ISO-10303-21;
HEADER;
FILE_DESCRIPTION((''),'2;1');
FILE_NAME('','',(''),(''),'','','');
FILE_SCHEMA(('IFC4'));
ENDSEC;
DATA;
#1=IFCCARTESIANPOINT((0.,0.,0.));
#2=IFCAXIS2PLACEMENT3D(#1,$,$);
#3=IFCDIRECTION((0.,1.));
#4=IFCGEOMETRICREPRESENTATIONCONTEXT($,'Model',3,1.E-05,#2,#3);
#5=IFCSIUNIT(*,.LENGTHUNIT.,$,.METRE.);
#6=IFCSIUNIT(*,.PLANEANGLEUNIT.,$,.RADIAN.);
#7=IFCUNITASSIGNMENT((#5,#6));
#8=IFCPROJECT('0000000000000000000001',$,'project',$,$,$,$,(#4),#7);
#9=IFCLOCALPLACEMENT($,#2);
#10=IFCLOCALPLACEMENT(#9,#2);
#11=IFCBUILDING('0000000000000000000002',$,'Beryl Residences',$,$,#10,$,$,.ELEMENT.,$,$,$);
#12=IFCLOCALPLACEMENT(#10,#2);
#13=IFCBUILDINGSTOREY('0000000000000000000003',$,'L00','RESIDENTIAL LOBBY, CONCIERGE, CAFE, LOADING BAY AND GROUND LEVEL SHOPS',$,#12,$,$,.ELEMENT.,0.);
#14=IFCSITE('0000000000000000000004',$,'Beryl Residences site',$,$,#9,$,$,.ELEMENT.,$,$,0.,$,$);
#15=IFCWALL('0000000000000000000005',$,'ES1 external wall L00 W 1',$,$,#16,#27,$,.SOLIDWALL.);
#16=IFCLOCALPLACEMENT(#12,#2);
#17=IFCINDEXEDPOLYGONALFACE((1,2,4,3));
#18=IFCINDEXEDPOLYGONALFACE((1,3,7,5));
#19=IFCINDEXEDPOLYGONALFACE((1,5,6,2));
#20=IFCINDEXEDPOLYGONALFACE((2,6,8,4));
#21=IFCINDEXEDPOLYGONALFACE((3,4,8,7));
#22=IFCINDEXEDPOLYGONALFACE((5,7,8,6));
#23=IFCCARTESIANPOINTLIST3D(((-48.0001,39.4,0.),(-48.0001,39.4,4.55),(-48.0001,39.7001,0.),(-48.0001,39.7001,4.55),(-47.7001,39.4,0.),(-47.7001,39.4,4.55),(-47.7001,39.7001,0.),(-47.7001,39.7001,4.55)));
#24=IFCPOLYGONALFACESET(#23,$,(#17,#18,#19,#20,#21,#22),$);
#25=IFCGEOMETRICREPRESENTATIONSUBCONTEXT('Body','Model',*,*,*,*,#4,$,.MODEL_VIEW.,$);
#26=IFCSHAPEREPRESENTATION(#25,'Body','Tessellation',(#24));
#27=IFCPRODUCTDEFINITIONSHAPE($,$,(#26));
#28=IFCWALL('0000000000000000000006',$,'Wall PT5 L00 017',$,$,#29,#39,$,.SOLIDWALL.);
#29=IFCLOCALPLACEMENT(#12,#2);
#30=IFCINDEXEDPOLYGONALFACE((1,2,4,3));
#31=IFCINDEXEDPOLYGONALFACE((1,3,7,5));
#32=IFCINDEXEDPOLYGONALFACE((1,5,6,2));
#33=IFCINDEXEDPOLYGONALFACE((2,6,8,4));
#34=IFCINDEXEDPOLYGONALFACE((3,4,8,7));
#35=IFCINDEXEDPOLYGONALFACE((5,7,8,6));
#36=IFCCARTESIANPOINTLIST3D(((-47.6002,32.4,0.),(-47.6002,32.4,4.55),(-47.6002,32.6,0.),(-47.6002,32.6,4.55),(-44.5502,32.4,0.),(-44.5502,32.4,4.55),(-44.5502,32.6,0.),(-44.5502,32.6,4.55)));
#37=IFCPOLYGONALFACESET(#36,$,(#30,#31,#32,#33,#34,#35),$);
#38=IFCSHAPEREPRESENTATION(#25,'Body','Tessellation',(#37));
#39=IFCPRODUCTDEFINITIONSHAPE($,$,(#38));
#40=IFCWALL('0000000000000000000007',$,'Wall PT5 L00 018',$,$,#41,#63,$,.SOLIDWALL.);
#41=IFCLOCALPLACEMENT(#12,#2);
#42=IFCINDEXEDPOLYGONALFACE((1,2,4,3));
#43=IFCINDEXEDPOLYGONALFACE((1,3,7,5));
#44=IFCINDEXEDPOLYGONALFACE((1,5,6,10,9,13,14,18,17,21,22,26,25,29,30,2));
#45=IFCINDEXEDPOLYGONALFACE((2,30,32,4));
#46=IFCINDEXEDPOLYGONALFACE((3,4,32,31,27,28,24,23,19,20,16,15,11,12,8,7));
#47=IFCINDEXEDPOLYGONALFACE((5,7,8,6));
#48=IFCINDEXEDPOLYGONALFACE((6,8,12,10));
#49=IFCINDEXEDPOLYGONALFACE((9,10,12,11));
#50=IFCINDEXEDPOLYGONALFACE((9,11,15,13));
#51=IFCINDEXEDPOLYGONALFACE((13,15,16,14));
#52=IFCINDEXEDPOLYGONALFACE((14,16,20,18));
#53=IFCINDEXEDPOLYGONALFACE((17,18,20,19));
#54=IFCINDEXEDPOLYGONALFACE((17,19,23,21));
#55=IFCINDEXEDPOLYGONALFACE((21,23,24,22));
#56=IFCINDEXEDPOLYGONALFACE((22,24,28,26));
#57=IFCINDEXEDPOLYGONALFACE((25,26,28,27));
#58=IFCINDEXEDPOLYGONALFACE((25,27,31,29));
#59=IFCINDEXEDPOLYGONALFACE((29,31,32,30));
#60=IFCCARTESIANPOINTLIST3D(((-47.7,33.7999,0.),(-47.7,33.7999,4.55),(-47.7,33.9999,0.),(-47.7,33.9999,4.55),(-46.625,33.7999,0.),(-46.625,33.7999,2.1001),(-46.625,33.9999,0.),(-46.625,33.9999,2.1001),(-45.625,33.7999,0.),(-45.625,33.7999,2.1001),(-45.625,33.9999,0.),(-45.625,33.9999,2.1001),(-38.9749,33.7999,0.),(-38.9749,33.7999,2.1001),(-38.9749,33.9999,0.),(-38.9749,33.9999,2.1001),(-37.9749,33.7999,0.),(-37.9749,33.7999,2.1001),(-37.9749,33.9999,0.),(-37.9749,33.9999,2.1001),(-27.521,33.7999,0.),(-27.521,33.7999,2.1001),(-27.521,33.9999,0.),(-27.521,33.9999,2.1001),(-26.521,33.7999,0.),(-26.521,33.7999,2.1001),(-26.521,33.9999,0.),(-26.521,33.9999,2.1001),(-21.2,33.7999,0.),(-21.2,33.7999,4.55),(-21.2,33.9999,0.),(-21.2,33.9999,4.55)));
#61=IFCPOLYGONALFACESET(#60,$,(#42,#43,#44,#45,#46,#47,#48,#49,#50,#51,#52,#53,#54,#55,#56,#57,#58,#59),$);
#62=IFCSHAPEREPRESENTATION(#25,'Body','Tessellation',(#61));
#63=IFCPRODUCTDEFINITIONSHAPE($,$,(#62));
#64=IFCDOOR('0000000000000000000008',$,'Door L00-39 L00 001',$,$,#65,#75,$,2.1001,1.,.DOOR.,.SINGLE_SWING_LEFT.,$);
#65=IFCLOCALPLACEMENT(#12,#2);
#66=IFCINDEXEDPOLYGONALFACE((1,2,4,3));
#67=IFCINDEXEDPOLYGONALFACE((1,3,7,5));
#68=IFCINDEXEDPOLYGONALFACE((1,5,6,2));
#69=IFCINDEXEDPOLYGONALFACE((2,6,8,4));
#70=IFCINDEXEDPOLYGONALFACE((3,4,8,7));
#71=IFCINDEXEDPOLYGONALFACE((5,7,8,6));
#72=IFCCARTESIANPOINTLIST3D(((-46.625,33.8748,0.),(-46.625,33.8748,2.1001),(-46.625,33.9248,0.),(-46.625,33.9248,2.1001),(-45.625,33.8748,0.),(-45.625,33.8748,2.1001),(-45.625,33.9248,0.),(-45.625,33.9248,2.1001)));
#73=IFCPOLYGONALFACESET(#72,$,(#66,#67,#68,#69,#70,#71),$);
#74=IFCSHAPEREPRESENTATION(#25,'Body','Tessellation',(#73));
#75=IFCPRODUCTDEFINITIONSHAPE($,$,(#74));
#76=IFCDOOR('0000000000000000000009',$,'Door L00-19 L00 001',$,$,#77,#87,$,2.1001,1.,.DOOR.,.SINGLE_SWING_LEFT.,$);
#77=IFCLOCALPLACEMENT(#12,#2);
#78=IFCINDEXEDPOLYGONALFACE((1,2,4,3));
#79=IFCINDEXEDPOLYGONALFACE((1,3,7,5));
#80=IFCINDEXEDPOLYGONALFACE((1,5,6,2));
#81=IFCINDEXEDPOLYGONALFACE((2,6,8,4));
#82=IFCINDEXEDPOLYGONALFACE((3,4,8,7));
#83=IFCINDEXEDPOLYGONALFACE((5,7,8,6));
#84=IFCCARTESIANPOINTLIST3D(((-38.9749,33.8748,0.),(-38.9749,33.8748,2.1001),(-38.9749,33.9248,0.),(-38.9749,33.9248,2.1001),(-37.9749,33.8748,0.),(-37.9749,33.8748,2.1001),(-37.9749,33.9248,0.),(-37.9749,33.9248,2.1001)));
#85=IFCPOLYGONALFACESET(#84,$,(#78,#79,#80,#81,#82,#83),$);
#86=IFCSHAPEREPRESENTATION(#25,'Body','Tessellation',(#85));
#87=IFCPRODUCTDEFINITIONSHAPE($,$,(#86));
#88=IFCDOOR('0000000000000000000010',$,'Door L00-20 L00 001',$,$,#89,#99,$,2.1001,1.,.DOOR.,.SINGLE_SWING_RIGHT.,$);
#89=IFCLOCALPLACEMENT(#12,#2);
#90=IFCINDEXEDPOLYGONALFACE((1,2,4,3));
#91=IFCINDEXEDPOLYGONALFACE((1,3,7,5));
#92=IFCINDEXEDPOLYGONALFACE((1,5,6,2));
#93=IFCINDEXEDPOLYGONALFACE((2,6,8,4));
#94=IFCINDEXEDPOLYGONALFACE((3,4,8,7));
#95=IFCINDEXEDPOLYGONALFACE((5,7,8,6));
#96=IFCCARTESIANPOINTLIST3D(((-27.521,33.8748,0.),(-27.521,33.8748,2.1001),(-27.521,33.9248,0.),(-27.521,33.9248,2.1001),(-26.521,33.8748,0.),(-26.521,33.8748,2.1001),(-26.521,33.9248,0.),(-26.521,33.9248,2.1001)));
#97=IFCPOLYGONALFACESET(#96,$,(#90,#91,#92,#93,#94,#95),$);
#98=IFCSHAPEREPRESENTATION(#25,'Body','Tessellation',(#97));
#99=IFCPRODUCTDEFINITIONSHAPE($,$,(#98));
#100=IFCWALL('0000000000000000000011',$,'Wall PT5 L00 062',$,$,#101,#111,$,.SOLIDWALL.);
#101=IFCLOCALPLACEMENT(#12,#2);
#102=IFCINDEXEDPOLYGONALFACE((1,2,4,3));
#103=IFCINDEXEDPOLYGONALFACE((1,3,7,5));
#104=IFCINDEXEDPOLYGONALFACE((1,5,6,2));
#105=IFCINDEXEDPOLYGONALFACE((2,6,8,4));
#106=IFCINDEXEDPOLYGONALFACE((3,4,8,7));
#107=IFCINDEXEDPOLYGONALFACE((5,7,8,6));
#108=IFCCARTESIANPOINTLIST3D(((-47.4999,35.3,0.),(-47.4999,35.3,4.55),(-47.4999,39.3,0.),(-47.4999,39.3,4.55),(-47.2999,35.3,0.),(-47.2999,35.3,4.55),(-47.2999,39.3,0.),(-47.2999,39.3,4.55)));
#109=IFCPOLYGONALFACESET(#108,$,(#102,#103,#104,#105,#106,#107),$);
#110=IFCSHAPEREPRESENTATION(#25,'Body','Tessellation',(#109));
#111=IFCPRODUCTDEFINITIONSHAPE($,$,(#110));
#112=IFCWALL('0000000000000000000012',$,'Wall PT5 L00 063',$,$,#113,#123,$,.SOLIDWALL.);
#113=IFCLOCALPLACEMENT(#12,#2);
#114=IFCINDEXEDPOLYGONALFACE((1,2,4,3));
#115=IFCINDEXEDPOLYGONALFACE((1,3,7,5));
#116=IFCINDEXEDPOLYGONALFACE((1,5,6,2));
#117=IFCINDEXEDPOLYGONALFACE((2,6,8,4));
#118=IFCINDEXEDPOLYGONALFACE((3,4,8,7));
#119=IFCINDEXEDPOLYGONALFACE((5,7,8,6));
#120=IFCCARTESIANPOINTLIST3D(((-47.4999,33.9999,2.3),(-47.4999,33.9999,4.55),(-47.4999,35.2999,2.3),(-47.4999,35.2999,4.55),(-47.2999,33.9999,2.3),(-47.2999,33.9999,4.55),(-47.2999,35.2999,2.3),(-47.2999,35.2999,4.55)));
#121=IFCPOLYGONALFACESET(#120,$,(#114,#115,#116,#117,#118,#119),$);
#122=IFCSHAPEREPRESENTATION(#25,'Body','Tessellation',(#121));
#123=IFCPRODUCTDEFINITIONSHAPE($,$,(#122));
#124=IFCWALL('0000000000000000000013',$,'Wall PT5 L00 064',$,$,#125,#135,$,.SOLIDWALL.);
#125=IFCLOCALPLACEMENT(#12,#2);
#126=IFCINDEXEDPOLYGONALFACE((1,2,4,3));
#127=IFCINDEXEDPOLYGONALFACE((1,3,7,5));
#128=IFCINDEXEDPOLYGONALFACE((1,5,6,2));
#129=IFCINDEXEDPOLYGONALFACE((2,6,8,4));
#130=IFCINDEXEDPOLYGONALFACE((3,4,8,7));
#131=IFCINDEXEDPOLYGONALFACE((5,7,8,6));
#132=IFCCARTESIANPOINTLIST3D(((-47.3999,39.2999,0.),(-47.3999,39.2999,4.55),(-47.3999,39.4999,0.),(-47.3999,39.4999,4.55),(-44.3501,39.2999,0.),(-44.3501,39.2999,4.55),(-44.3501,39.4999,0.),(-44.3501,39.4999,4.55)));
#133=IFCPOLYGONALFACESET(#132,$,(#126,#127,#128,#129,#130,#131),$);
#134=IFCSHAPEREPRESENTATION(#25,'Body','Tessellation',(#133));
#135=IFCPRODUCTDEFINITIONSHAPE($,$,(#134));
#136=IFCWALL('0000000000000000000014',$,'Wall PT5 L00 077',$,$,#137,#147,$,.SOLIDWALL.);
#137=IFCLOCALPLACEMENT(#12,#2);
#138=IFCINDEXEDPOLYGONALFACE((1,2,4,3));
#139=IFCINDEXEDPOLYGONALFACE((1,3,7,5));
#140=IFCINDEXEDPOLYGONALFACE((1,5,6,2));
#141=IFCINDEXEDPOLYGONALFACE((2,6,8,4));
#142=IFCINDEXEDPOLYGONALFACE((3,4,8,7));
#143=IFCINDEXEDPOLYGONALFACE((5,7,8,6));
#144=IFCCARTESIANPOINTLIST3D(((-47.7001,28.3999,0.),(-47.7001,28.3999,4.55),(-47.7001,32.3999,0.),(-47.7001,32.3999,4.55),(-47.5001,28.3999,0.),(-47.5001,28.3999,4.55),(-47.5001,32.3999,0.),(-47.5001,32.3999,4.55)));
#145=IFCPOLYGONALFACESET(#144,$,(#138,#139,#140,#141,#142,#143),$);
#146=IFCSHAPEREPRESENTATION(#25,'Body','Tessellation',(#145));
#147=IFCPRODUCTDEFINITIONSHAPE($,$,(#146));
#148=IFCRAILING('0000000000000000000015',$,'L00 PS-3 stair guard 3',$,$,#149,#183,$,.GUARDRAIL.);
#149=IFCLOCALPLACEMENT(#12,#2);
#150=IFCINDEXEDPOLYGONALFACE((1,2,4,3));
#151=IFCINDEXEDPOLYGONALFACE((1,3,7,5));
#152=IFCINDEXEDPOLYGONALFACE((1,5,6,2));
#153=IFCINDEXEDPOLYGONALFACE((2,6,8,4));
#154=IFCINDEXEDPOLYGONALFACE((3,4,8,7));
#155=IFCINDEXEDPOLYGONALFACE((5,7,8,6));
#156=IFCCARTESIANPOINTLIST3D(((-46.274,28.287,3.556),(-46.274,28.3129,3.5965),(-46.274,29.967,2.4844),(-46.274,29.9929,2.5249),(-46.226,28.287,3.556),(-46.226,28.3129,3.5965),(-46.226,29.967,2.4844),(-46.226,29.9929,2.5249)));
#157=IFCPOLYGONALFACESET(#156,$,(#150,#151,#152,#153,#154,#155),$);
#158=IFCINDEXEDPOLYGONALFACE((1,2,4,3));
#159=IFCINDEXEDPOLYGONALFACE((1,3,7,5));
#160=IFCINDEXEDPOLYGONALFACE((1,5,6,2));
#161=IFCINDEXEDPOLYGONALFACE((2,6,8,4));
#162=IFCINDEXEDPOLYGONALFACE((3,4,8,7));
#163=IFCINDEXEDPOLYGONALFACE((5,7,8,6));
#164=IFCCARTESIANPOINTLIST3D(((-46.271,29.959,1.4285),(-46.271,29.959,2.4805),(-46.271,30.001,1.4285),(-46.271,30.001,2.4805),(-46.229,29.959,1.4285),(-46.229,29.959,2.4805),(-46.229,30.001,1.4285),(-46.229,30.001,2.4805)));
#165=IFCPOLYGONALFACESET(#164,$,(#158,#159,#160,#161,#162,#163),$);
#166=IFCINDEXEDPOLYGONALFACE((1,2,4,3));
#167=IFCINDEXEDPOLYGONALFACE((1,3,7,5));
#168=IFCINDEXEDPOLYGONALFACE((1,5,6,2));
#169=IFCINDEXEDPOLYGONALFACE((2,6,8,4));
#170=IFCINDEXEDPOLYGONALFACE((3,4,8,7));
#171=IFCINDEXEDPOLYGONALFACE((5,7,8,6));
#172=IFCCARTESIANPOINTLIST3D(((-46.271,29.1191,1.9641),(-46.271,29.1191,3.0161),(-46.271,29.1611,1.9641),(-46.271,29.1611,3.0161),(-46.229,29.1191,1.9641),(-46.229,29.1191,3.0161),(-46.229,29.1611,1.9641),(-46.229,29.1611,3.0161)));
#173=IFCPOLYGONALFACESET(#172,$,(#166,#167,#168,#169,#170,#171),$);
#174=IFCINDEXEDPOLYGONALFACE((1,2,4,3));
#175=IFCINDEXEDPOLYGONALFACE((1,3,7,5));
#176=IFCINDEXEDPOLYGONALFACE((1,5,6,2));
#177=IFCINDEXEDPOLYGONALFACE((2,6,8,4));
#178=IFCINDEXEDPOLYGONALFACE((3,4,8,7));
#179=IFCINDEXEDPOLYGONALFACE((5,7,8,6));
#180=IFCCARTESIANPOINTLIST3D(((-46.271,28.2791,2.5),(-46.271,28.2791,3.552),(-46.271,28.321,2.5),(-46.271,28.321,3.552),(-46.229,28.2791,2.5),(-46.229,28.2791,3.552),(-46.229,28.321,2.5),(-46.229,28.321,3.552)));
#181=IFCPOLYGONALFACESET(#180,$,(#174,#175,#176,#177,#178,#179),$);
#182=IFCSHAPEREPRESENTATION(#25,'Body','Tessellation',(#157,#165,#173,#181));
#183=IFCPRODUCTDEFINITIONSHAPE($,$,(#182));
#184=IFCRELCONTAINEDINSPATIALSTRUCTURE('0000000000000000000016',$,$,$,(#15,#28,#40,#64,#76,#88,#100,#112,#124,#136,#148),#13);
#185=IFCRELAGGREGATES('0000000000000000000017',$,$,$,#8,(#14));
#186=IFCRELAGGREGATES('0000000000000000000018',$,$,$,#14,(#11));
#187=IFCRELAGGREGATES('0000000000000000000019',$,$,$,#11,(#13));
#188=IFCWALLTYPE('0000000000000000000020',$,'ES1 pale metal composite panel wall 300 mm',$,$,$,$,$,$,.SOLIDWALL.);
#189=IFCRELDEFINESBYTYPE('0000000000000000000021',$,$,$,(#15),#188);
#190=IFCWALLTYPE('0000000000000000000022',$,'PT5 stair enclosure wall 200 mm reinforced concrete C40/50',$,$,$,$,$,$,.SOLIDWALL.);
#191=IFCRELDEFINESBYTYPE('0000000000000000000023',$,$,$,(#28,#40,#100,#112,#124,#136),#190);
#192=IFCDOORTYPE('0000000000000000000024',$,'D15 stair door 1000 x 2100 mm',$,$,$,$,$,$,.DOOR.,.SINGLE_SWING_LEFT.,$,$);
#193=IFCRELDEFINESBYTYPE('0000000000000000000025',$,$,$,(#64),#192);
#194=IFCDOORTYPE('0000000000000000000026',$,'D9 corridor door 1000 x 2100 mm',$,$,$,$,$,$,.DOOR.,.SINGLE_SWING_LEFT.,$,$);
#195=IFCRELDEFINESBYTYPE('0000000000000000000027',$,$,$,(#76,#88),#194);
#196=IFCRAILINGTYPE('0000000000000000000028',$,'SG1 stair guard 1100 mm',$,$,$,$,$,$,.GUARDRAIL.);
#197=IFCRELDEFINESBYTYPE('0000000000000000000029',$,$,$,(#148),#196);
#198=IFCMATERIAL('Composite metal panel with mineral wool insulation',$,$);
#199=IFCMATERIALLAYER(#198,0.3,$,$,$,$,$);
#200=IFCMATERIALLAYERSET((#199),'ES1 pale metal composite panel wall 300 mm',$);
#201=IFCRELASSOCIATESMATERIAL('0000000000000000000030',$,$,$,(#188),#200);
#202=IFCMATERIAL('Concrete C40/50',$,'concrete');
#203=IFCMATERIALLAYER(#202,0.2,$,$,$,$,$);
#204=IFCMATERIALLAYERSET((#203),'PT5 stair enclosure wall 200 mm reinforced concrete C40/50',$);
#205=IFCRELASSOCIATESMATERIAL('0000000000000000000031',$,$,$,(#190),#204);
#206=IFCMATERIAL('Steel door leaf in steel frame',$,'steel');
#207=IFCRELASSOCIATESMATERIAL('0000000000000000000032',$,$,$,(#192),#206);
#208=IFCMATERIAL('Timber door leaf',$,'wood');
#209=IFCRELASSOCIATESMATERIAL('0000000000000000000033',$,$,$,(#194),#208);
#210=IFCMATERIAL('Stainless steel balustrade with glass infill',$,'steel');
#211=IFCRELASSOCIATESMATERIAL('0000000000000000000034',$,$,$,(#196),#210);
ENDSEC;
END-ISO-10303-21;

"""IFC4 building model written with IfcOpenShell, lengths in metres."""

from ifc_helpers import new_model, si_unit, direction, frame, frame_2d, origin, origin_2d, place, context, subcontext, project, spatial, rectangle, extrude, material, layer, layer_set, type_object, element, fill, save


model = new_model("IFC4")

# Units and contexts
model_context = context("Model", 3, precision=1e-05, world=origin(), true_north=direction((0.0, 1.0)))
body_context = subcontext(model_context, "Body", "Model", "MODEL_VIEW")
ifc_project = project(units=[si_unit("LENGTHUNIT", "METRE"), si_unit("PLANEANGLEUNIT", "RADIAN")], contexts=[model_context])

# Site, building, storey
site_placement = place(None, origin())
site = spatial("IfcSite", under=ifc_project, at=site_placement, Name="Beryl Residences site", CompositionType="ELEMENT", RefElevation=0.0)
building_placement = place(site_placement, origin())
building = spatial("IfcBuilding", under=site, at=building_placement, Name="Beryl Residences", CompositionType="ELEMENT")
storey_placement = place(building_placement, origin())
storey = spatial("IfcBuildingStorey", under=building, at=storey_placement, Name="L00", Description="RESIDENTIAL LOBBY, CONCIERGE, CAFE, LOADING BAY AND GROUND LEVEL SHOPS", CompositionType="ELEMENT", Elevation=0.0)

# Wall
ifc_material_1 = material(Name="Composite metal panel with mineral wool insulation")
ifc_layer_1 = layer(ifc_material_1, 0.3)
ifc_layer_set_1 = layer_set([ifc_layer_1], Name="ES1 pale metal composite panel wall 300 mm")
wall_type_1 = type_object("IfcWallType", Name="ES1 pale metal composite panel wall 300 mm", PredefinedType="SOLIDWALL", material=ifc_layer_set_1)
wall_1_placement = place(storey_placement, frame((-47.8501, 39.7, 0.0), z_axis=(0.0, 0.0, 1.0), x_axis=(0.0, -1.0, 0.0)))
element("IfcWall", 1, at=wall_1_placement, inside=storey, type_object=wall_type_1, Name="ES1 external wall L00 W 1", PredefinedType="SOLIDWALL", context=body_context, shape_type="SweptSolid", body=[
    extrude(rectangle(XDim=0.3, YDim=0.3, at=frame_2d((0.1499, 0.0))), origin(), (0.0, 0.0, 1.0), 4.55),
])

# Wall
ifc_material_2 = material(Name="Concrete C40/50", Category="concrete")
ifc_layer_2 = layer(ifc_material_2, 0.2)
ifc_layer_set_2 = layer_set([ifc_layer_2], Name="PT5 stair enclosure wall 200 mm reinforced concrete C40/50")
wall_type_2 = type_object("IfcWallType", Name="PT5 stair enclosure wall 200 mm reinforced concrete C40/50", PredefinedType="SOLIDWALL", material=ifc_layer_set_2)
wall_2_placement = place(storey_placement, frame((-47.6001, 32.5, 0.0), z_axis=(0.0, 0.0, 1.0), x_axis=(1.0, 0.0, 0.0)))
element("IfcWall", 2, at=wall_2_placement, inside=storey, type_object=wall_type_2, Name="Wall PT5 L00 017", PredefinedType="SOLIDWALL", context=body_context, shape_type="SweptSolid", body=[
    extrude(rectangle(XDim=3.05, YDim=0.2, at=frame_2d((1.5249, 0.0))), origin(), (0.0, 0.0, 1.0), 4.55),
])

# Wall, openings, doors
wall_3_placement = place(storey_placement, frame((-47.7, 33.8999, 0.0), z_axis=(0.0, 0.0, 1.0), x_axis=(1.0, 0.0, 0.0)))
wall_3 = element("IfcWall", 3, at=wall_3_placement, inside=storey, type_object=wall_type_2, Name="Wall PT5 L00 018", PredefinedType="SOLIDWALL", context=body_context, shape_type="SweptSolid", body=[
    extrude(rectangle(XDim=26.5, YDim=0.2, at=frame_2d((13.25, 0.0))), origin(), (0.0, 0.0, 1.0), 4.55),
])
opening_1_placement = place(wall_3_placement, frame((8.7251, 0.0, 0.0)))
opening_1 = element("IfcOpeningElement", 4, at=opening_1_placement, cuts=wall_3, PredefinedType="OPENING", context=body_context, shape_type="SweptSolid", body=[
    extrude(rectangle(XDim=1.0, YDim=2.1001, at=frame_2d((0.5, 1.05))), frame((0.0, 0.1099, 0.0), z_axis=(0.0, -1.0, 0.0), x_axis=(1.0, 0.0, 0.0)), (0.0, 0.0, 1.0), 0.22),
])
opening_2_placement = place(wall_3_placement, frame((20.179, 0.0, 0.0)))
opening_2 = element("IfcOpeningElement", 5, at=opening_2_placement, cuts=wall_3, PredefinedType="OPENING", context=body_context, shape_type="SweptSolid", body=[
    extrude(rectangle(XDim=1.0, YDim=2.1001, at=frame_2d((0.5, 1.05))), frame((0.0, 0.1099, 0.0), z_axis=(0.0, -1.0, 0.0), x_axis=(1.0, 0.0, 0.0)), (0.0, 0.0, 1.0), 0.22),
])
opening_3_placement = place(wall_3_placement, frame((1.075, 0.0, 0.0)))
opening_3 = element("IfcOpeningElement", 6, at=opening_3_placement, cuts=wall_3, PredefinedType="OPENING", context=body_context, shape_type="SweptSolid", body=[
    extrude(rectangle(XDim=1.0, YDim=2.1001, at=frame_2d((0.5, 1.05))), frame((0.0, 0.1099, 0.0), z_axis=(0.0, -1.0, 0.0), x_axis=(1.0, 0.0, 0.0)), (0.0, 0.0, 1.0), 0.22),
])
ifc_material_3 = material(Name="Steel door leaf in steel frame", Category="steel")
door_type_1 = type_object("IfcDoorType", Name="D15 stair door 1000 x 2100 mm", OperationType="SINGLE_SWING_LEFT", PredefinedType="DOOR", material=ifc_material_3)
door_1_placement = place(opening_3_placement, origin())
door_1 = element("IfcDoor", 7, at=door_1_placement, inside=storey, type_object=door_type_1, Name="Door L00-39 L00 001", OperationType="SINGLE_SWING_LEFT", OverallHeight=2.1001, OverallWidth=1.0, PredefinedType="DOOR", context=body_context, shape_type="SweptSolid", body=[
    extrude(rectangle(XDim=1.0, YDim=2.1001, at=frame_2d((0.5, 1.05))), frame((0.0, 0.0249, 0.0), z_axis=(0.0, -1.0, 0.0), x_axis=(1.0, 0.0, 0.0)), (0.0, 0.0, 1.0), 0.05),
])
fill(opening_3, door_1)
ifc_material_4 = material(Name="Timber door leaf", Category="wood")
door_type_2 = type_object("IfcDoorType", Name="D9 corridor door 1000 x 2100 mm", OperationType="SINGLE_SWING_LEFT", PredefinedType="DOOR", material=ifc_material_4)
door_2_placement = place(opening_1_placement, origin())
door_2 = element("IfcDoor", 8, at=door_2_placement, inside=storey, type_object=door_type_2, Name="Door L00-19 L00 001", OperationType="SINGLE_SWING_LEFT", OverallHeight=2.1001, OverallWidth=1.0, PredefinedType="DOOR", context=body_context, shape_type="SweptSolid", body=[
    extrude(rectangle(XDim=1.0, YDim=2.1001, at=frame_2d((0.5, 1.05))), frame((0.0, 0.0249, 0.0), z_axis=(0.0, -1.0, 0.0), x_axis=(1.0, 0.0, 0.0)), (0.0, 0.0, 1.0), 0.05),
])
fill(opening_1, door_2)
door_3_placement = place(opening_2_placement, origin())
door_3 = element("IfcDoor", 9, at=door_3_placement, inside=storey, type_object=door_type_2, Name="Door L00-20 L00 001", OperationType="SINGLE_SWING_RIGHT", OverallHeight=2.1001, OverallWidth=1.0, PredefinedType="DOOR", context=body_context, shape_type="SweptSolid", body=[
    extrude(rectangle(XDim=1.0, YDim=2.1001, at=frame_2d((0.5, 1.05))), frame((0.0, 0.0249, 0.0), z_axis=(0.0, -1.0, 0.0), x_axis=(1.0, 0.0, 0.0)), (0.0, 0.0, 1.0), 0.05),
])
fill(opening_2, door_3)

# Walls
wall_4_placement = place(storey_placement, frame((-47.3999, 35.3, 0.0), z_axis=(0.0, 0.0, 1.0), x_axis=(0.0, 1.0, 0.0)))
element("IfcWall", 10, at=wall_4_placement, inside=storey, type_object=wall_type_2, Name="Wall PT5 L00 062", PredefinedType="SOLIDWALL", context=body_context, shape_type="SweptSolid", body=[
    extrude(rectangle(XDim=4.0, YDim=0.2, at=frame_2d((2.0, 0.0))), origin(), (0.0, 0.0, 1.0), 4.55),
])
wall_5_placement = place(storey_placement, frame((-47.3999, 34.0, 2.3), z_axis=(0.0, 0.0, 1.0), x_axis=(0.0, 1.0, 0.0)))
element("IfcWall", 11, at=wall_5_placement, inside=storey, type_object=wall_type_2, Name="Wall PT5 L00 063", PredefinedType="SOLIDWALL", context=body_context, shape_type="SweptSolid", body=[
    extrude(rectangle(XDim=1.3, YDim=0.2, at=frame_2d((0.6499, 0.0))), origin(), (0.0, 0.0, 1.0), 2.25),
])
wall_6_placement = place(storey_placement, frame((-47.3999, 39.3999, 0.0), z_axis=(0.0, 0.0, 1.0), x_axis=(1.0, 0.0, 0.0)))
element("IfcWall", 12, at=wall_6_placement, inside=storey, type_object=wall_type_2, Name="Wall PT5 L00 064", PredefinedType="SOLIDWALL", context=body_context, shape_type="SweptSolid", body=[
    extrude(rectangle(XDim=3.0498, YDim=0.2, at=frame_2d((1.5249, 0.0))), origin(), (0.0, 0.0, 1.0), 4.55),
])
wall_7_placement = place(storey_placement, frame((-47.6001, 28.3999, 0.0), z_axis=(0.0, 0.0, 1.0), x_axis=(0.0, 1.0, 0.0)))
element("IfcWall", 13, at=wall_7_placement, inside=storey, type_object=wall_type_2, Name="Wall PT5 L00 077", PredefinedType="SOLIDWALL", context=body_context, shape_type="SweptSolid", body=[
    extrude(rectangle(XDim=4.0, YDim=0.2, at=frame_2d((2.0, 0.0))), origin(), (0.0, 0.0, 1.0), 4.55),
])

# Railing
ifc_material_5 = material(Name="Stainless steel balustrade with glass infill", Category="steel")
railing_type_1 = type_object("IfcRailingType", Name="SG1 stair guard 1100 mm", PredefinedType="GUARDRAIL", material=ifc_material_5)
railing_placement = place(storey_placement, frame((-46.25, 29.98, 1.4285)))
element("IfcRailing", 14, at=railing_placement, inside=storey, type_object=railing_type_1, Name="L00 PS-3 stair guard 3", PredefinedType="GUARDRAIL", context=body_context, shape_type="SweptSolid", body=[
    extrude(rectangle(XDim=0.0481, YDim=0.0481, at=origin_2d()), frame((0.0, 0.0, 1.0762), z_axis=(0.0, -0.843096, 0.537763), x_axis=(1.0, 0.0, 0.0)), (0.0, 0.0, 1.0), 1.9927),
    extrude(rectangle(XDim=0.042, YDim=0.042, at=origin_2d()), origin(), (0.0, 0.0, 1.0), 1.052),
    extrude(rectangle(XDim=0.042, YDim=0.042, at=origin_2d()), frame((0.0, -0.8398, 0.5356)), (0.0, 0.0, 1.0), 1.052),
    extrude(rectangle(XDim=0.042, YDim=0.042, at=origin_2d()), frame((0.0, -1.6799, 1.0715)), (0.0, 0.0, 1.0), 1.052),
])

save(model, "model.ifc")
